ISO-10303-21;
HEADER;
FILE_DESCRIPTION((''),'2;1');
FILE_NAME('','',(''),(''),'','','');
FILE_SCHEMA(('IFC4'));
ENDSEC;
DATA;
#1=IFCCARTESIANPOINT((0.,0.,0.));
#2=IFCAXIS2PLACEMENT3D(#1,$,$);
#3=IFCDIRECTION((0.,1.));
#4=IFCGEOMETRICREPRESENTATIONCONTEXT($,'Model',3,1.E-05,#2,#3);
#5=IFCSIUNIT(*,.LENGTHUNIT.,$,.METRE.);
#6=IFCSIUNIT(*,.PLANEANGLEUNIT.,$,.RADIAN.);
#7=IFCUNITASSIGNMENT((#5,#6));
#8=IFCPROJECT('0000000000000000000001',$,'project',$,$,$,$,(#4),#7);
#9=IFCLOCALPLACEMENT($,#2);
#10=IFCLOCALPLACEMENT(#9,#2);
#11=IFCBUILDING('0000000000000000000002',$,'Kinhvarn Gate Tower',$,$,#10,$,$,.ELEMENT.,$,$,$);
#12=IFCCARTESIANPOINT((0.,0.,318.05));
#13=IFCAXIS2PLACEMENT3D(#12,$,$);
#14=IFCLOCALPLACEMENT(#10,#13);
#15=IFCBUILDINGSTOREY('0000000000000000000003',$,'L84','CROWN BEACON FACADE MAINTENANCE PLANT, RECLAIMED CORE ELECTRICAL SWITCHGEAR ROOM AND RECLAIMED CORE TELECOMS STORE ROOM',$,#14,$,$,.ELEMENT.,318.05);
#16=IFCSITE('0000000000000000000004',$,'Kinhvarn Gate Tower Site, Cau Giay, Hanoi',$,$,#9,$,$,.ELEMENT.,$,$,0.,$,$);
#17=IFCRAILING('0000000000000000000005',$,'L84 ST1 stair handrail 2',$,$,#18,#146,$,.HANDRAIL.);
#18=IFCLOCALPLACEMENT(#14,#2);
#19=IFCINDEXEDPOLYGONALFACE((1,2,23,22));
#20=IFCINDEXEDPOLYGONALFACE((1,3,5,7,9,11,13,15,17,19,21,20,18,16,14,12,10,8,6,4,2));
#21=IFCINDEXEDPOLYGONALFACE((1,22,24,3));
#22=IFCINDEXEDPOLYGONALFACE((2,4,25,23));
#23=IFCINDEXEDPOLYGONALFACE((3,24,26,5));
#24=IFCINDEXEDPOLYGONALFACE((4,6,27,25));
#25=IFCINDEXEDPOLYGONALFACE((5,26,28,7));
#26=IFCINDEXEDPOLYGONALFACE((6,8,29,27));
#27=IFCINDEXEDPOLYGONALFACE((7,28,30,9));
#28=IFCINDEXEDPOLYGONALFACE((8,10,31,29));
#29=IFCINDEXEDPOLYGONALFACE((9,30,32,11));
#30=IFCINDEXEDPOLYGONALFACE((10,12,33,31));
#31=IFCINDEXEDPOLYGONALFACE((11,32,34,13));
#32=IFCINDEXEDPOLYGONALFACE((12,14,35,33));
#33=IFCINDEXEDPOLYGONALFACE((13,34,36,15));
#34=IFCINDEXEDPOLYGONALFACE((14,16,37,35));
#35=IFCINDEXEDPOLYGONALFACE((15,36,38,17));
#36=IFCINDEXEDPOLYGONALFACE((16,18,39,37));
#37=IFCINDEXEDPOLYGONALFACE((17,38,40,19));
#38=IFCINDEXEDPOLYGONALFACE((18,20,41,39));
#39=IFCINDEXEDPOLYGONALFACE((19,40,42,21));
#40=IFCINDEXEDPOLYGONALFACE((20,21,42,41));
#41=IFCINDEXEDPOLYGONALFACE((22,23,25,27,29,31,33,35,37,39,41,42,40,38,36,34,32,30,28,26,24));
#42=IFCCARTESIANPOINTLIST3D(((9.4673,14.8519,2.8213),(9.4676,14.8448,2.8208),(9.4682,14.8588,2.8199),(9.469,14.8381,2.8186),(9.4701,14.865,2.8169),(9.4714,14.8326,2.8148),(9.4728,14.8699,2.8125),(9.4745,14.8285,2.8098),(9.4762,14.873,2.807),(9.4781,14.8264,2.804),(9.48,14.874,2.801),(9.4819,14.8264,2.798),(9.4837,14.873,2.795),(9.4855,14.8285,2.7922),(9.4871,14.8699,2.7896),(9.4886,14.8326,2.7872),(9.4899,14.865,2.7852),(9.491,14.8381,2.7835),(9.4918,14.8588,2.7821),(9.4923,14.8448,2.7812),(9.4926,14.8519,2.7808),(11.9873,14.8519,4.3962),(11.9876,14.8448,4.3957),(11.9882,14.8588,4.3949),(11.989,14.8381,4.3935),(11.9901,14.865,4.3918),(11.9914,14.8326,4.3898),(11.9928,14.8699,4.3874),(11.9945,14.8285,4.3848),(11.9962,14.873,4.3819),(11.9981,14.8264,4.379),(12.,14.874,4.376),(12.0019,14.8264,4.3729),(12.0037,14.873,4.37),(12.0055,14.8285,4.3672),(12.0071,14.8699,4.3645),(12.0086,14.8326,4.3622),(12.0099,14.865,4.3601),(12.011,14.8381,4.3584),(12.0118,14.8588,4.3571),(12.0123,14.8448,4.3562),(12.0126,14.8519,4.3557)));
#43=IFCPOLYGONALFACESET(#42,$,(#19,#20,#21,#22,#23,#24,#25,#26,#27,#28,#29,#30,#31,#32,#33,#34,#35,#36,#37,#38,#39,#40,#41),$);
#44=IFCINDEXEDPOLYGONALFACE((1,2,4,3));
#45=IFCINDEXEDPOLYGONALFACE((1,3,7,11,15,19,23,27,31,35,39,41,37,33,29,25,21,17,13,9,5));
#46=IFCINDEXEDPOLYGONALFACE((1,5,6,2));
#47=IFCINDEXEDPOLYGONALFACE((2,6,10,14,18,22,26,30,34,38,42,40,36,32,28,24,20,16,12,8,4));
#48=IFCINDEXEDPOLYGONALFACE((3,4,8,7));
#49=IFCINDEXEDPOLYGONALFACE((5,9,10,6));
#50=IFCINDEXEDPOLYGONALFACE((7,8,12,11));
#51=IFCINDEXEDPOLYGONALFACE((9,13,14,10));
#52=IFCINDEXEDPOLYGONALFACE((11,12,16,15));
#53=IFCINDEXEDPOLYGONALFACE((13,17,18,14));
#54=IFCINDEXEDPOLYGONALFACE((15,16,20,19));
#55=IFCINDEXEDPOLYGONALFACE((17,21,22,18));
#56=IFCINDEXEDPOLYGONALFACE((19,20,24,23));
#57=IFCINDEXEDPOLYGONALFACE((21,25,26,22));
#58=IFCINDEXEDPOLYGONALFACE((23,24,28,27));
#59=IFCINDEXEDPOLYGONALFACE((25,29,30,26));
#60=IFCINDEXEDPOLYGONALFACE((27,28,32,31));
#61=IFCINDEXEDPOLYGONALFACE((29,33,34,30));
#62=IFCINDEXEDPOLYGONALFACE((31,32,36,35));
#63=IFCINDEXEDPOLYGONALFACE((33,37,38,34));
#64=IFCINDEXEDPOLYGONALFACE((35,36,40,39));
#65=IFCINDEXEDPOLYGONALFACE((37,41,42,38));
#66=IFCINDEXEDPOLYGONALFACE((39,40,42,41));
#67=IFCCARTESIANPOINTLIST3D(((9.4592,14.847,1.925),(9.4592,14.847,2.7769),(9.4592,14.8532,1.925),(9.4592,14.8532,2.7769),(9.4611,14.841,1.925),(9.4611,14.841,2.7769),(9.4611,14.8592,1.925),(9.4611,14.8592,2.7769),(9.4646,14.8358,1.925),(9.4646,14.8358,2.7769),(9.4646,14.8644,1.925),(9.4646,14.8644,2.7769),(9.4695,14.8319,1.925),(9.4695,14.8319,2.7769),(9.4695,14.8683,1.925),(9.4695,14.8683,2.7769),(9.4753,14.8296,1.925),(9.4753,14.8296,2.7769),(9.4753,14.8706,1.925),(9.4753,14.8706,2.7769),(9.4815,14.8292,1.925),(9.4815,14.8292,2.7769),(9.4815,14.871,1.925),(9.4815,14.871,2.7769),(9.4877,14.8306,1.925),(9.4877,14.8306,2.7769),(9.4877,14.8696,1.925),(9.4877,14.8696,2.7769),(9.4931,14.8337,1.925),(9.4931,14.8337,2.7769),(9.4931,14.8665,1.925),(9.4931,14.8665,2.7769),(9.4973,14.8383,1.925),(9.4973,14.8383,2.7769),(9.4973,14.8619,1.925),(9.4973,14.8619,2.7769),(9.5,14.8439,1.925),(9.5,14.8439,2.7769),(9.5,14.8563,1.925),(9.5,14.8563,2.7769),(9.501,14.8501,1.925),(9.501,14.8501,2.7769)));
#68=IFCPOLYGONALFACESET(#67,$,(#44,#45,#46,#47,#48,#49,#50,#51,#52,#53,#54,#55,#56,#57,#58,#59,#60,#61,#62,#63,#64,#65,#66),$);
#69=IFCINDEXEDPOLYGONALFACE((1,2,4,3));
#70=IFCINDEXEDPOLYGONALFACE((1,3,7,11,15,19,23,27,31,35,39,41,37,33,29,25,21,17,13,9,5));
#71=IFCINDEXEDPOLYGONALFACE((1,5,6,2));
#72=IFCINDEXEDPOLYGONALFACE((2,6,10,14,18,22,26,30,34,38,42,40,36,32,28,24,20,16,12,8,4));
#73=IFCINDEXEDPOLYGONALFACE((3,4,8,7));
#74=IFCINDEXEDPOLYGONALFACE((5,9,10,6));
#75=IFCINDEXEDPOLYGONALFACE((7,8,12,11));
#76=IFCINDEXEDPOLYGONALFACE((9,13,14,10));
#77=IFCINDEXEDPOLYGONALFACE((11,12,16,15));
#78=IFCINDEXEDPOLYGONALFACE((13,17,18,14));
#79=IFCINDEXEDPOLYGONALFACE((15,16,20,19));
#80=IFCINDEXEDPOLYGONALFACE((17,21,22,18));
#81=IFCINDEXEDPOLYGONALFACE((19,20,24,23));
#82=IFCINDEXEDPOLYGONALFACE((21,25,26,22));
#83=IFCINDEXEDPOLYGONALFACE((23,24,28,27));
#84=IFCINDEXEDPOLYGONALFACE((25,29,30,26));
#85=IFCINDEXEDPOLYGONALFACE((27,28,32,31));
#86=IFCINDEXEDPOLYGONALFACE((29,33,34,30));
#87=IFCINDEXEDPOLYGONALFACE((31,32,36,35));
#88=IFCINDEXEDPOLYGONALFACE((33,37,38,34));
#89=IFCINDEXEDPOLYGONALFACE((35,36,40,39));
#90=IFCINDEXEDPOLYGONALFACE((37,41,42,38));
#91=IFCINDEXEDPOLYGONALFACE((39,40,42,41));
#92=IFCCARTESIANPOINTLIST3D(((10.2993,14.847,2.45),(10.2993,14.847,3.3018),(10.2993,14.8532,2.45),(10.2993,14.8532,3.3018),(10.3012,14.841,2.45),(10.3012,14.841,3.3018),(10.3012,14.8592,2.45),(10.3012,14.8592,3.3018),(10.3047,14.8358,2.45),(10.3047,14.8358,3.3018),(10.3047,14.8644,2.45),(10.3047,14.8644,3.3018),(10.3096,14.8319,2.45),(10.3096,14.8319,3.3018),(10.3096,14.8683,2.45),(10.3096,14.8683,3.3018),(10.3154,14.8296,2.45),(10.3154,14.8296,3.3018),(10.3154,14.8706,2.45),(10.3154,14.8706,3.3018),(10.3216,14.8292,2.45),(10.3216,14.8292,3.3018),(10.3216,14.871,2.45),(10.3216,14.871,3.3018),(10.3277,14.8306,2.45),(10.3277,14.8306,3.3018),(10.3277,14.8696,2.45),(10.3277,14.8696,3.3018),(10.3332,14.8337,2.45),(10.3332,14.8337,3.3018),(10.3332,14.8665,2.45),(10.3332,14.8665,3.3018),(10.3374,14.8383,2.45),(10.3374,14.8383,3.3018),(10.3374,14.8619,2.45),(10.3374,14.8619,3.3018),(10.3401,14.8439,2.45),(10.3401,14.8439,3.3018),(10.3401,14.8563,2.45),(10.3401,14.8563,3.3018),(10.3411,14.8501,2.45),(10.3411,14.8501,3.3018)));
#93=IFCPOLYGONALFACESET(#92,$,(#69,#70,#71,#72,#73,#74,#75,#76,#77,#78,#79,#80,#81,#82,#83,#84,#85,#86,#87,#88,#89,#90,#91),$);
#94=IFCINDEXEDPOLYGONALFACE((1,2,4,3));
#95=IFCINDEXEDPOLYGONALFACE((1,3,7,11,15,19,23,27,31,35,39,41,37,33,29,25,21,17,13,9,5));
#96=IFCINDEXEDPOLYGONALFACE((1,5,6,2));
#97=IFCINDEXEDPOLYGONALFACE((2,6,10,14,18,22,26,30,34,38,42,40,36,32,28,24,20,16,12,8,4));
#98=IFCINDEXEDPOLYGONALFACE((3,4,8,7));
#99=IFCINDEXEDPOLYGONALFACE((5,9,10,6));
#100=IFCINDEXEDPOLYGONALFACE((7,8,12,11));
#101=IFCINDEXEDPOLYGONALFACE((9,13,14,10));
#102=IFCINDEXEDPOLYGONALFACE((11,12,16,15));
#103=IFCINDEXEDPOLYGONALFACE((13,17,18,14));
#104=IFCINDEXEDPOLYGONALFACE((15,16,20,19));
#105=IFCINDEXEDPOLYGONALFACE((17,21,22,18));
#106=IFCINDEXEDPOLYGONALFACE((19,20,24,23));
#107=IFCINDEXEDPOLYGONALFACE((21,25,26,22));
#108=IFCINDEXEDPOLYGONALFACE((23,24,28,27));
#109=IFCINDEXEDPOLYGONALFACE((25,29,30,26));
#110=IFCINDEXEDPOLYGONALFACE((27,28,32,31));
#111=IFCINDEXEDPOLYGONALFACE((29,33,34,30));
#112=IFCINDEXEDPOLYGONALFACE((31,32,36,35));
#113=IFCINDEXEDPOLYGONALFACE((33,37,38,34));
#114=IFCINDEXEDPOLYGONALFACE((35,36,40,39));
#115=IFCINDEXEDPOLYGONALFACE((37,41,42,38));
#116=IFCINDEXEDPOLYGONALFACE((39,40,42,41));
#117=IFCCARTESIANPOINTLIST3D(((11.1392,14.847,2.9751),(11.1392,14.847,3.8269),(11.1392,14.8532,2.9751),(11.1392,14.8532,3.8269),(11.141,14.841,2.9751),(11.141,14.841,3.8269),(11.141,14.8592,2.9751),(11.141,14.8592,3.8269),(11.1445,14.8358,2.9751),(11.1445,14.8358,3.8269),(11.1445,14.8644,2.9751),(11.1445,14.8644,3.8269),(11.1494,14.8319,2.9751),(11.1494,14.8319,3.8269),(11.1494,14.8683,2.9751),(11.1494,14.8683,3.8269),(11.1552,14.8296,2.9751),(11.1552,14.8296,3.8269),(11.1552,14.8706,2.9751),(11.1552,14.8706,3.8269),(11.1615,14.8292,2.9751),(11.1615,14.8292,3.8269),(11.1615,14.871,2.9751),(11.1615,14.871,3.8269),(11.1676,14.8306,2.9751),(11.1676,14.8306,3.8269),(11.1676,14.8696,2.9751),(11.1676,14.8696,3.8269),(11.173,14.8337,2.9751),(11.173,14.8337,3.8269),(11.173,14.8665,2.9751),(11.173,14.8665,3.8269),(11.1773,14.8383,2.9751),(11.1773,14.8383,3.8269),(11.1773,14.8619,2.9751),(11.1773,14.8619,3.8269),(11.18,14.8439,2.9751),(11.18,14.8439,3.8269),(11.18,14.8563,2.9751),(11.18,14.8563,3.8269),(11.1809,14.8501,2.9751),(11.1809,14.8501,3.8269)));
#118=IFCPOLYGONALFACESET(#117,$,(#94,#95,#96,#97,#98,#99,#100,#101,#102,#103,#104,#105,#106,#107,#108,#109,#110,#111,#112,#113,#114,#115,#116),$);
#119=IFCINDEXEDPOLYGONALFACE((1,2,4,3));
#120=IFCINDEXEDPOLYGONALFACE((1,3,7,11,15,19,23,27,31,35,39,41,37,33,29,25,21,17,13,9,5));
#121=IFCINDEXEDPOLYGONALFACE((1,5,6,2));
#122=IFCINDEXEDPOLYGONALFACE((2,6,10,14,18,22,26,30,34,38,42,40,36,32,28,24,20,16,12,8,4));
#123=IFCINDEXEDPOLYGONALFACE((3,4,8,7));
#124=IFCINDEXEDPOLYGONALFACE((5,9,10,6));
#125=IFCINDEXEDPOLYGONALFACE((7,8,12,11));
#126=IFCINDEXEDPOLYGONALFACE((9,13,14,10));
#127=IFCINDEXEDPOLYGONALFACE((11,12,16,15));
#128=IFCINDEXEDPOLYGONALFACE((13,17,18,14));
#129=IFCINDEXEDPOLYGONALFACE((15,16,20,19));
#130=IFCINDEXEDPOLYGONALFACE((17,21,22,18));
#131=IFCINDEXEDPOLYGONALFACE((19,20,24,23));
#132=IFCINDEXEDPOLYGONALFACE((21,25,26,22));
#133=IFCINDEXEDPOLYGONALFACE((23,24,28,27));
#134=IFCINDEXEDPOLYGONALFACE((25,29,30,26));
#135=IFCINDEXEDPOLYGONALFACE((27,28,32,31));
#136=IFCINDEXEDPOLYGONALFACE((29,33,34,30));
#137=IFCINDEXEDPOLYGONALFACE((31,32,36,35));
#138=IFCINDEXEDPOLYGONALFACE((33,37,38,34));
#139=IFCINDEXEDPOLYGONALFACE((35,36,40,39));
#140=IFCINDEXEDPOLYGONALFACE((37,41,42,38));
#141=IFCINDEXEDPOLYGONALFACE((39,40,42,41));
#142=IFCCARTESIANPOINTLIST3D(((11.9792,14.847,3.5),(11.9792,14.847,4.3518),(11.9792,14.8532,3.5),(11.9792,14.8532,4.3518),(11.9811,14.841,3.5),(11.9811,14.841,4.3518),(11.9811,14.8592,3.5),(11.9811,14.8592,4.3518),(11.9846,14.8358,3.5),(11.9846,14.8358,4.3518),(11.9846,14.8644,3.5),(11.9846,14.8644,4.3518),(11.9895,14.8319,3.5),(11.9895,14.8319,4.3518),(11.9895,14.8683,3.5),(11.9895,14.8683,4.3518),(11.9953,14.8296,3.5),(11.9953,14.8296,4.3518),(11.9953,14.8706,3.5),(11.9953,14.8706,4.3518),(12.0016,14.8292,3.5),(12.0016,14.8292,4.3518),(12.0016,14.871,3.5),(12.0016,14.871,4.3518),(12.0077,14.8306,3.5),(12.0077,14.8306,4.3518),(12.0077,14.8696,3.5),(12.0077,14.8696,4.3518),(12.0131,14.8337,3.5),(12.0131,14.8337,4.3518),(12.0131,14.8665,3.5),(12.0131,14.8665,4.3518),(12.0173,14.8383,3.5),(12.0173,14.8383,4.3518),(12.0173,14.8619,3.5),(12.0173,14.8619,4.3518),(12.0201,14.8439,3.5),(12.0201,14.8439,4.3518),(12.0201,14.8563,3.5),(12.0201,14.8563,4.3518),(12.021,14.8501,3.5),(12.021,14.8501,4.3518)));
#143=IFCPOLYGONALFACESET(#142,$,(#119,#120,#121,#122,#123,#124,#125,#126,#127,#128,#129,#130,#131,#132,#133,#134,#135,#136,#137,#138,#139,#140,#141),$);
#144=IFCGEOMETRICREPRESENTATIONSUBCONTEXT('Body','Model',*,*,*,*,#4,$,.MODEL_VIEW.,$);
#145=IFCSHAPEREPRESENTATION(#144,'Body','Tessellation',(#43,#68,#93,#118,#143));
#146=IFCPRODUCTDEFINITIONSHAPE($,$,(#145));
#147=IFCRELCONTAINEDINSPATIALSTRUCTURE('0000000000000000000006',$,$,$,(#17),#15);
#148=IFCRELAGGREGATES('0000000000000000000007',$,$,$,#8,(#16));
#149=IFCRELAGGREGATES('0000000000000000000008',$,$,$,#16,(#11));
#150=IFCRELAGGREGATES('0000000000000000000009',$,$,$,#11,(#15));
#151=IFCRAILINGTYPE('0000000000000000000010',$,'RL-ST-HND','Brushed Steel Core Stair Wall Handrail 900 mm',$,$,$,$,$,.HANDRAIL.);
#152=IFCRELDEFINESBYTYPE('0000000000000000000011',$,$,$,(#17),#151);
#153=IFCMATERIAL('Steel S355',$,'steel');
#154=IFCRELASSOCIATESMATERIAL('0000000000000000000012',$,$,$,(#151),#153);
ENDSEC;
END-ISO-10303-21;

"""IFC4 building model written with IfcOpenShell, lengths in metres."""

from ifc_helpers import new_model, si_unit, direction, frame, origin, origin_2d, place, context, subcontext, project, spatial, circle, extrude, material, type_object, element, save


model = new_model("IFC4")

# Units and contexts
model_context = context("Model", 3, precision=1e-05, world=origin(), true_north=direction((0.0, 1.0)))
body_context = subcontext(model_context, "Body", "Model", "MODEL_VIEW")
ifc_project = project(units=[si_unit("LENGTHUNIT", "METRE"), si_unit("PLANEANGLEUNIT", "RADIAN")], contexts=[model_context])

# Site, building, storey
site_placement = place(None, origin())
site = spatial("IfcSite", under=ifc_project, at=site_placement, Name="Kinhvarn Gate Tower Site, Cau Giay, Hanoi", CompositionType="ELEMENT", RefElevation=0.0)
building_placement = place(site_placement, origin())
building = spatial("IfcBuilding", under=site, at=building_placement, Name="Kinhvarn Gate Tower", CompositionType="ELEMENT")
storey_placement = place(building_placement, frame((0.0, 0.0, 318.05)))
storey = spatial("IfcBuildingStorey", under=building, at=storey_placement, Name="L84", Description="CROWN BEACON FACADE MAINTENANCE PLANT, RECLAIMED CORE ELECTRICAL SWITCHGEAR ROOM AND RECLAIMED CORE TELECOMS STORE ROOM", CompositionType="ELEMENT", Elevation=318.05)

# Railing
ifc_material_1 = material(Name="Steel S355", Category="steel")
railing_type_1 = type_object("IfcRailingType", Name="RL-ST-HND", Description="Brushed Steel Core Stair Wall Handrail 900 mm", PredefinedType="HANDRAIL", material=ifc_material_1)
railing_1_placement = place(storey_placement, frame((9.48, 14.8501, 1.925)))
element("IfcRailing", 1, at=railing_1_placement, inside=storey, type_object=railing_type_1, Name="L84 ST1 stair handrail 2", PredefinedType="HANDRAIL", context=body_context, shape_type="SweptSolid", body=[
    extrude(circle(Radius=0.0239, at=origin_2d()), frame((0.0, 0.0, 0.876), z_axis=(0.848008, 0.0, 0.529984), x_axis=(0.0, 1.0, 0.0)), (0.0, 0.0, 1.0), 2.9717),
    extrude(circle(Radius=0.021, at=origin_2d()), origin(), (0.0, 0.0, 1.0), 0.8518),
    extrude(circle(Radius=0.021, at=origin_2d()), frame((0.8401, 0.0, 0.5249)), (0.0, 0.0, 1.0), 0.8518),
    extrude(circle(Radius=0.021, at=origin_2d()), frame((1.6799, 0.0, 1.05)), (0.0, 0.0, 1.0), 0.8518),
    extrude(circle(Radius=0.021, at=origin_2d()), frame((2.52, 0.0, 1.575)), (0.0, 0.0, 1.0), 0.8518),
])

save(model, "model.ifc")
